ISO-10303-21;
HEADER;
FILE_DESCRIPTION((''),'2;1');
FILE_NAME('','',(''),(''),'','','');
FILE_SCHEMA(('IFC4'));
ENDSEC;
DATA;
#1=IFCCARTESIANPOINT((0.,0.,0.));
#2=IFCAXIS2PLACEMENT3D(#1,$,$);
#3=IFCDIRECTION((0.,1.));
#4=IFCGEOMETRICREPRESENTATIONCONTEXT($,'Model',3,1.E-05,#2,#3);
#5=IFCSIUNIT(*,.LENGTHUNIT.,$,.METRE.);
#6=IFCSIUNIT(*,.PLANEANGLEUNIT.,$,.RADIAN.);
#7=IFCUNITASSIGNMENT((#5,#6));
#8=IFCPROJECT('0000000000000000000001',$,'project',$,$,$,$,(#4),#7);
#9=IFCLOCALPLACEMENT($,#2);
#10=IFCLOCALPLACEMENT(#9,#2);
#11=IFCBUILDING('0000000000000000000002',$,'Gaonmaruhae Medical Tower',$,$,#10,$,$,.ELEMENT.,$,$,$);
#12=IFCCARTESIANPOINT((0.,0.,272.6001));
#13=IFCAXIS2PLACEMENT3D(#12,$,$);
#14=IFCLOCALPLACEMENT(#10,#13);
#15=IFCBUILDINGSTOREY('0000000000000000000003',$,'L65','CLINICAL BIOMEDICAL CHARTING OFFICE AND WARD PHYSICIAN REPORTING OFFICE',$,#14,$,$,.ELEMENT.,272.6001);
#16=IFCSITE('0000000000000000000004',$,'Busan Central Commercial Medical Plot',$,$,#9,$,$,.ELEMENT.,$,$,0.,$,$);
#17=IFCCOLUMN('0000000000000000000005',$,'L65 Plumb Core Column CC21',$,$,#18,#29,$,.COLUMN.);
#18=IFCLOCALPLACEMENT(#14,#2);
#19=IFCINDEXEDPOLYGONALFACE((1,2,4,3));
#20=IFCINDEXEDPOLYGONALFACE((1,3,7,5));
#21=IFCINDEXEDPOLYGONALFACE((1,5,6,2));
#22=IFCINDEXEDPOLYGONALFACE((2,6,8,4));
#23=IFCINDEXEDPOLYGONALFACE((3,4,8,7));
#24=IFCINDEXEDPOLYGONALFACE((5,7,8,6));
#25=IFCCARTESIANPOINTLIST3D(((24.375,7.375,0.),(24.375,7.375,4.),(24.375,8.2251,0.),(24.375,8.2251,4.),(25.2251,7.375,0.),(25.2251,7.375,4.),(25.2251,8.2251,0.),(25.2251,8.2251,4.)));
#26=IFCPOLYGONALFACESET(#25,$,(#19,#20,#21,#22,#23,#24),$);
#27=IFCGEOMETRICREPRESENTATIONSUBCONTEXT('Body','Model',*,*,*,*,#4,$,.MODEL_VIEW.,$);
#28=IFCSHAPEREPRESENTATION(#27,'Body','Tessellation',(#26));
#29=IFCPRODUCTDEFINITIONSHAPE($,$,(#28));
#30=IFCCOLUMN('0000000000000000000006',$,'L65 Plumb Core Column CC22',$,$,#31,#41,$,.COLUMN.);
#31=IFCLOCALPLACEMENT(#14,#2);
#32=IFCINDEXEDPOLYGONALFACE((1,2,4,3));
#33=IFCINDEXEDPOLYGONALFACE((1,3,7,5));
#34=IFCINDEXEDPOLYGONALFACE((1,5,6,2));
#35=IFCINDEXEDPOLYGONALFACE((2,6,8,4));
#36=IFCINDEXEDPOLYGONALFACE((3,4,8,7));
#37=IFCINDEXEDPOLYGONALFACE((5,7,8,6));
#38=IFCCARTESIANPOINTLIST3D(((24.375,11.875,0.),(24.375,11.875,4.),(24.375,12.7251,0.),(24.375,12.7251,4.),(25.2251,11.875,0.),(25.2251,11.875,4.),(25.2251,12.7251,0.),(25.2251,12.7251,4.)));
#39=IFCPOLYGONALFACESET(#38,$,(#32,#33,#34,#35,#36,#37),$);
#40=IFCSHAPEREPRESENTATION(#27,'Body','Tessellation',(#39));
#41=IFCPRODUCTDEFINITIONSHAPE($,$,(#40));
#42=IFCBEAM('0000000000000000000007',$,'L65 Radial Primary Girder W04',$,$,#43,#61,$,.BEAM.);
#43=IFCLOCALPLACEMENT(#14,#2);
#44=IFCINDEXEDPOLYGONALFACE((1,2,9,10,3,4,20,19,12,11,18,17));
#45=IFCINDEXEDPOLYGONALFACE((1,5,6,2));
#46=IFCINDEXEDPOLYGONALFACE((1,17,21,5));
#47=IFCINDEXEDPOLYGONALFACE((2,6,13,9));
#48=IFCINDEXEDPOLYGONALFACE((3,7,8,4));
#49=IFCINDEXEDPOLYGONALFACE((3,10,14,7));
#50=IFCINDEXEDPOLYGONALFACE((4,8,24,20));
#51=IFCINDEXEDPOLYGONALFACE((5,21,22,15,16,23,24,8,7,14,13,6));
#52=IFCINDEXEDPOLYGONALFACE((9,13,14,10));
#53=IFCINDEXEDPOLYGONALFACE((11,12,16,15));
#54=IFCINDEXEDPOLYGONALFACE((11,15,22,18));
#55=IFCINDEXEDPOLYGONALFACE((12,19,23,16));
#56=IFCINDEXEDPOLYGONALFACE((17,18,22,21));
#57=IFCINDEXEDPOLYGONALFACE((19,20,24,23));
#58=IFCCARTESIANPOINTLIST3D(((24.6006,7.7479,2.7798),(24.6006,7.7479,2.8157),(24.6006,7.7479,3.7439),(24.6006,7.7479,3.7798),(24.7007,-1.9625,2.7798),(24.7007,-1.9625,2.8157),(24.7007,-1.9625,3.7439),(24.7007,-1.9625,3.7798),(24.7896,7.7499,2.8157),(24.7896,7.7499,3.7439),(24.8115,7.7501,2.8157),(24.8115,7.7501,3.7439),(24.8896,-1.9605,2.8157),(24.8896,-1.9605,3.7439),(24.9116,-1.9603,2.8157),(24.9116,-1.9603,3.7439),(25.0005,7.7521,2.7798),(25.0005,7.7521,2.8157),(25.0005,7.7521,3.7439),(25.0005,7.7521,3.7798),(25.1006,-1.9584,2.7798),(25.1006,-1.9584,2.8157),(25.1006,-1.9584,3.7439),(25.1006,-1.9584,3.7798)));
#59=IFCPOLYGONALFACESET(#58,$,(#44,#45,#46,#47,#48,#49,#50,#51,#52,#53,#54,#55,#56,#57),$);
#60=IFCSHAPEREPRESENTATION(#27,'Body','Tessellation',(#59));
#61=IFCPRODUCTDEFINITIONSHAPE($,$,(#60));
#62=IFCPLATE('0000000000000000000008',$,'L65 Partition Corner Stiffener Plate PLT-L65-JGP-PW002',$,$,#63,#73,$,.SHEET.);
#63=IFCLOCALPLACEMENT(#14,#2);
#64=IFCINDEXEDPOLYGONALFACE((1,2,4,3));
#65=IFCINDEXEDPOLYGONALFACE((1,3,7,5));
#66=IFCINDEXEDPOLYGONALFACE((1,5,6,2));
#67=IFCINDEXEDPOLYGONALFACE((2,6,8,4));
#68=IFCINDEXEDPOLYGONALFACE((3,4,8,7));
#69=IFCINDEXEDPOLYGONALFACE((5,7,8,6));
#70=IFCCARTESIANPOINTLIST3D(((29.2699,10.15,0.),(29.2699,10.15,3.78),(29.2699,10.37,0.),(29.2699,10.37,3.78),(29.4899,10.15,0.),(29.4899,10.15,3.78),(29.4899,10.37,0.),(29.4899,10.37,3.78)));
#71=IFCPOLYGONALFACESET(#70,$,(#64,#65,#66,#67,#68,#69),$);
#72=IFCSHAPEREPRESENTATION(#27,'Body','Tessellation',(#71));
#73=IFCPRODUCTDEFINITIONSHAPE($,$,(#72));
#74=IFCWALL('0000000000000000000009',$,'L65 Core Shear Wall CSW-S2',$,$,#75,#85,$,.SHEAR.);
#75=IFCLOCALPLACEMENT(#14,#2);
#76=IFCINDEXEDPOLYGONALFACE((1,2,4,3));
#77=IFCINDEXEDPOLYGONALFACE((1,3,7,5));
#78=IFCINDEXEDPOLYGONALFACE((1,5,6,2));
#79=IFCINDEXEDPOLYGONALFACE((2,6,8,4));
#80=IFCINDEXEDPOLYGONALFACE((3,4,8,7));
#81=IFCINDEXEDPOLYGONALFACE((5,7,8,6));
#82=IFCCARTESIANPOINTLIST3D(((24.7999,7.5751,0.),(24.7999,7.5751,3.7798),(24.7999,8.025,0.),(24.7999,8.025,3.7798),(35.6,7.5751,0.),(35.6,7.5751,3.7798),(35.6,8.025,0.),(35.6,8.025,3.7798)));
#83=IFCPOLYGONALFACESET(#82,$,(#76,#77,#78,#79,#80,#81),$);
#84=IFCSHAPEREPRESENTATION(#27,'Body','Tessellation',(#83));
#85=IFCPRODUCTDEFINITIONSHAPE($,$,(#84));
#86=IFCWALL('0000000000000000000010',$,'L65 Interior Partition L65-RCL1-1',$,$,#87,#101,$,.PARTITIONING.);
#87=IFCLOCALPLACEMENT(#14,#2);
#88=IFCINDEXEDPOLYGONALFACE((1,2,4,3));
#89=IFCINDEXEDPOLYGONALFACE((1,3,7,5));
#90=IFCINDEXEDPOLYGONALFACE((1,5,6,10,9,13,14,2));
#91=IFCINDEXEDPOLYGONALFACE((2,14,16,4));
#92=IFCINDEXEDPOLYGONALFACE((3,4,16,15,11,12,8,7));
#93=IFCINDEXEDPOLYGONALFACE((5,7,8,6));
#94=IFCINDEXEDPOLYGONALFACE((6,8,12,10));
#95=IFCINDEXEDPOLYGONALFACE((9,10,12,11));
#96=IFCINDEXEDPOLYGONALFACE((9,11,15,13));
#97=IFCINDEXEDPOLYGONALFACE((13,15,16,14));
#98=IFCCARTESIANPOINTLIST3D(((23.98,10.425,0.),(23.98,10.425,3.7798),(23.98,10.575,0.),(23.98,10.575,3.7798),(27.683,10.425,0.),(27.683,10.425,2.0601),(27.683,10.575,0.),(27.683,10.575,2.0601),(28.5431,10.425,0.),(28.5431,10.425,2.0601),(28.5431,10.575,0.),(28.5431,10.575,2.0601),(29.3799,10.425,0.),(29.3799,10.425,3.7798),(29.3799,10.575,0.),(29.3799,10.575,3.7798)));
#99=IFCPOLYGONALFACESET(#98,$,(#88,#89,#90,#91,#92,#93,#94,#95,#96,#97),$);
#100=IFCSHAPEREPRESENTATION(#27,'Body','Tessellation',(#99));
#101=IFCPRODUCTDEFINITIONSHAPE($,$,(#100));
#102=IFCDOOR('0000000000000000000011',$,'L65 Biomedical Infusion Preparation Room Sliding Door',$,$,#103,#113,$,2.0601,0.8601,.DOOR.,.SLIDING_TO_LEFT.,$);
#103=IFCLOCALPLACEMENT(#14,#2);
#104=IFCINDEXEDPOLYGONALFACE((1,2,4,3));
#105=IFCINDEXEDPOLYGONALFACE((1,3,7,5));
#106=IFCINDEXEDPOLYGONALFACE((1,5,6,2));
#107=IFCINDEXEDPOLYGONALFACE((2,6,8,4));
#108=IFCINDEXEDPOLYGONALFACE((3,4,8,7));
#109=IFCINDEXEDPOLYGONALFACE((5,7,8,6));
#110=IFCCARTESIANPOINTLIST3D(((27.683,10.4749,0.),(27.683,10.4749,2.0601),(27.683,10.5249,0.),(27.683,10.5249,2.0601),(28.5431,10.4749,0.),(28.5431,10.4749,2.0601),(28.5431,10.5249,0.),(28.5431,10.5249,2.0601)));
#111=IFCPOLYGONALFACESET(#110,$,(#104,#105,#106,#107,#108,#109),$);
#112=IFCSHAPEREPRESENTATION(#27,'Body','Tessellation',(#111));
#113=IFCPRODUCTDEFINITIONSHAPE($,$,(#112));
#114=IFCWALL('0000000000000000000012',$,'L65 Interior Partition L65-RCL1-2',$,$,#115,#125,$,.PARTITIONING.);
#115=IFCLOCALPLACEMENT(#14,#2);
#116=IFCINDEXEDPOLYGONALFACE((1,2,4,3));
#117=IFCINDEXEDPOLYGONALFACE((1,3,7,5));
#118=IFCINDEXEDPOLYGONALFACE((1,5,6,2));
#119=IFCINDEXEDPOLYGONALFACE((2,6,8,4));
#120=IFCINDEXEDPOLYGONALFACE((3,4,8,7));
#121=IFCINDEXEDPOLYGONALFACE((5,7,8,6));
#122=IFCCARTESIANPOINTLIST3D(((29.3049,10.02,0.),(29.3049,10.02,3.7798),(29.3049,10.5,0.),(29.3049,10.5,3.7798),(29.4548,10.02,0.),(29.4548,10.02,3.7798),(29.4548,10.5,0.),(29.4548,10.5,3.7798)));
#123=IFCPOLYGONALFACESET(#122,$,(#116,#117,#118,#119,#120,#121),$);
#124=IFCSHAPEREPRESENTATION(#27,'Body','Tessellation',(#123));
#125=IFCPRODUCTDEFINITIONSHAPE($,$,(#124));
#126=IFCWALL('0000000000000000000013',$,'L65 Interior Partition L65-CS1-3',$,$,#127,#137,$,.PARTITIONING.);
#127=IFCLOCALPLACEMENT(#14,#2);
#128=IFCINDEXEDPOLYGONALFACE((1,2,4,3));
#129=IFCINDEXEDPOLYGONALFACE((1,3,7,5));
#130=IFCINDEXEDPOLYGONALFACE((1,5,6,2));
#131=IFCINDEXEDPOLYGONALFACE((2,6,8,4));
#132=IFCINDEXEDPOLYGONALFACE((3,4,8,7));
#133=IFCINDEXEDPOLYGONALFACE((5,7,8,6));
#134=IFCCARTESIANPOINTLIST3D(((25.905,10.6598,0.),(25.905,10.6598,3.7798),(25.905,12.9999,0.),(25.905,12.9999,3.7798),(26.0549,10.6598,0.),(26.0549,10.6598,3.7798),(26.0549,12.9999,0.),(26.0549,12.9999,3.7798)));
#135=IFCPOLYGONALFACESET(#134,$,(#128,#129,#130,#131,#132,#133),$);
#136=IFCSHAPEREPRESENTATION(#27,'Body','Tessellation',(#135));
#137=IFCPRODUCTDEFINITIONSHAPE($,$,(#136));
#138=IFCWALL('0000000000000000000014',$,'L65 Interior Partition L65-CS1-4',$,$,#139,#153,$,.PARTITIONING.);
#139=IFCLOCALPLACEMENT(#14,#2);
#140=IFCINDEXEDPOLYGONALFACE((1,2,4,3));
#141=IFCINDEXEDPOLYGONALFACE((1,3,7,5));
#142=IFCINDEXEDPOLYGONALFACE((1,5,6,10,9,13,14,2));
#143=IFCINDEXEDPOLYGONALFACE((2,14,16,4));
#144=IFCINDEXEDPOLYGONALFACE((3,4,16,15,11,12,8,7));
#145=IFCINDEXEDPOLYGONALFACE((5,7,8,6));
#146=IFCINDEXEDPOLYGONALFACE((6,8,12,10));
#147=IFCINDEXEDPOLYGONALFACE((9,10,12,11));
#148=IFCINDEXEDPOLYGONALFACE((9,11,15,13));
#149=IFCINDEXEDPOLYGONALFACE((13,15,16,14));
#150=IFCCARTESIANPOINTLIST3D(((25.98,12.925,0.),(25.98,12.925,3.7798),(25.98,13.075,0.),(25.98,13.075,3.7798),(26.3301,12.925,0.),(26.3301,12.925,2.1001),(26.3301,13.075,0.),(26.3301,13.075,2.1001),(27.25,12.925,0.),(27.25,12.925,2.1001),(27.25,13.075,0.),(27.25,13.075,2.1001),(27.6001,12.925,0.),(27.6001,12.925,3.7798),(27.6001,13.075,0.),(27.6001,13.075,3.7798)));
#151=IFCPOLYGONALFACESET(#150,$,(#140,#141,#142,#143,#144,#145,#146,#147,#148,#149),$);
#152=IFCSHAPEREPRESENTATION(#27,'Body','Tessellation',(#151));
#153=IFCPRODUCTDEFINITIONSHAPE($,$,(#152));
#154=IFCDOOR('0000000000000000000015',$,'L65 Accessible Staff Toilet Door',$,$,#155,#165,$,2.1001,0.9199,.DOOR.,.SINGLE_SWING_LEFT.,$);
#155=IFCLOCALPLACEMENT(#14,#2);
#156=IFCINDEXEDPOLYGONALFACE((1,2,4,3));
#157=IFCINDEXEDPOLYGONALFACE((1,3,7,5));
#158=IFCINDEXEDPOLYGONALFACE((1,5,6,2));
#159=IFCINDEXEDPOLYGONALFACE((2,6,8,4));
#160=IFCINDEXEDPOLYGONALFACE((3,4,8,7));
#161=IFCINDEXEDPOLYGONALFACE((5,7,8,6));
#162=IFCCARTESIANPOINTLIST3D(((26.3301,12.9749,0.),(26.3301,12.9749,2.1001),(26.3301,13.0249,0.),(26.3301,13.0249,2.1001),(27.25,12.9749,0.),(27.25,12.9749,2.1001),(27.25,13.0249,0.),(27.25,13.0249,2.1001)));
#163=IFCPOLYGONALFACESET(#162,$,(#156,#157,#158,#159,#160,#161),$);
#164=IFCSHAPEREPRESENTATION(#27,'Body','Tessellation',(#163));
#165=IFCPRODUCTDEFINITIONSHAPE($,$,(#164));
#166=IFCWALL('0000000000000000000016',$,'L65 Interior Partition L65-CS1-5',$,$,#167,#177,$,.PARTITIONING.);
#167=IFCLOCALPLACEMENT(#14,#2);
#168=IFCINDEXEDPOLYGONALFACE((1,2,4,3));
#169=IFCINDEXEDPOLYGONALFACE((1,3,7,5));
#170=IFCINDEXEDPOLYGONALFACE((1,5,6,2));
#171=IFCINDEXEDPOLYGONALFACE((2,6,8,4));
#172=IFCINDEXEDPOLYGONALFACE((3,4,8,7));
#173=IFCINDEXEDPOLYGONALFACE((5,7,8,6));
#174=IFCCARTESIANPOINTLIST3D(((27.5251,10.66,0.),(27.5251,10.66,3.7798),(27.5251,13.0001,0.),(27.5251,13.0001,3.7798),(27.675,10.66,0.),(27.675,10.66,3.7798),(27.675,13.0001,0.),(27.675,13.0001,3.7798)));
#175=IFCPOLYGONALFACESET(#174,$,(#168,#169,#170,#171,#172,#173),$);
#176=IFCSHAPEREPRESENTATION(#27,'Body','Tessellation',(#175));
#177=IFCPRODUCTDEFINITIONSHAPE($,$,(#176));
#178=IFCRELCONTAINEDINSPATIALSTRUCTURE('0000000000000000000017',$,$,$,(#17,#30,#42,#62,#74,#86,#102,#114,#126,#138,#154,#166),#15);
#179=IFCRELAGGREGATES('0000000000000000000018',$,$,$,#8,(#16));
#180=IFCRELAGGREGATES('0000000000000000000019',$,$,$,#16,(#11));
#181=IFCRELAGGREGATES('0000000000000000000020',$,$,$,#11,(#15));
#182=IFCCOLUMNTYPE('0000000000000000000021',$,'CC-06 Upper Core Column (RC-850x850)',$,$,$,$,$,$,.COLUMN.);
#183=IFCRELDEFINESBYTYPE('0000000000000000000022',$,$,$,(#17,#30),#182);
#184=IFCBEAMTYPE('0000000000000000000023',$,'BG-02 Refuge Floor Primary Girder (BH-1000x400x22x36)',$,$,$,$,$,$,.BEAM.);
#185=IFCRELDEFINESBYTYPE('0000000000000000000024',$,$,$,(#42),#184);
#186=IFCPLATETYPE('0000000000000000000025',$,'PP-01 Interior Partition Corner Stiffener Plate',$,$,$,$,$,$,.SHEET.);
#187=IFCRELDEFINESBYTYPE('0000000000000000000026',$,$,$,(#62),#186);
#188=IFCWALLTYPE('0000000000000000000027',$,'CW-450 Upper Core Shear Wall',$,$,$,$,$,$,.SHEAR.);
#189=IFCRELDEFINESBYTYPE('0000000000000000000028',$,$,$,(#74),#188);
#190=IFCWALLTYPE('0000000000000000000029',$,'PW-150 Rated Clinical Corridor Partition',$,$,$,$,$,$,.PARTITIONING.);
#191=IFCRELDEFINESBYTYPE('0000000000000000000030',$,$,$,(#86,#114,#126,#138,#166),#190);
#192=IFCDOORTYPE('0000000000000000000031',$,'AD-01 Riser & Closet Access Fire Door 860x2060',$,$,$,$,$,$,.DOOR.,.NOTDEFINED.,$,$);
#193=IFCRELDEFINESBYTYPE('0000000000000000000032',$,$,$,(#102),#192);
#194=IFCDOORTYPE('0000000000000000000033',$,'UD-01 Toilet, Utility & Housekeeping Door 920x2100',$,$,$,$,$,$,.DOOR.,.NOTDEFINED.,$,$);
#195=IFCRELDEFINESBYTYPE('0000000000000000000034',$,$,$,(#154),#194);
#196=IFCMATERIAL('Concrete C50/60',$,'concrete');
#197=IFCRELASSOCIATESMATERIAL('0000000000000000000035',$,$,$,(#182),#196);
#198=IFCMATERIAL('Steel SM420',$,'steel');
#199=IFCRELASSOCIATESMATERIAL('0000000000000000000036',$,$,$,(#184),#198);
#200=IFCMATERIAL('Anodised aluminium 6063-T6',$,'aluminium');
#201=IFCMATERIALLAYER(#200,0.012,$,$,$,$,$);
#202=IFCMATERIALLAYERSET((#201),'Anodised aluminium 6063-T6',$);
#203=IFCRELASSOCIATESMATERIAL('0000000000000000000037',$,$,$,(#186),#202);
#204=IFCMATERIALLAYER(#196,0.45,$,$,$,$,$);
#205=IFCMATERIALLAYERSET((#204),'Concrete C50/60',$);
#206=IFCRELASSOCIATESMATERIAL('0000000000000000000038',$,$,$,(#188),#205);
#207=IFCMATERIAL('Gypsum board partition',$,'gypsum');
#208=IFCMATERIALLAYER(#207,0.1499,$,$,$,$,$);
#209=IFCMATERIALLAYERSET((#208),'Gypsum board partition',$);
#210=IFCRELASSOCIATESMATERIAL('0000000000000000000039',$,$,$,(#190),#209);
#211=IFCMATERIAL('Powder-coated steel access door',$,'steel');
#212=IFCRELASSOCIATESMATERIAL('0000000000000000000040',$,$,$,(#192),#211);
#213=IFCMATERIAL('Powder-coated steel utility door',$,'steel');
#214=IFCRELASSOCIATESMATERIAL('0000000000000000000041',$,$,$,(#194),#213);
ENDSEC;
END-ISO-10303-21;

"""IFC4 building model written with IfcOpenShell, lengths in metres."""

from ifc_helpers import new_model, si_unit, direction, frame, frame_2d, origin, origin_2d, place, context, subcontext, project, spatial, rectangle, i_section, extrude, material, layer, layer_set, material_profile, profile_set, type_object, element, fill, save


model = new_model("IFC4")

# Units and contexts
model_context = context("Model", 3, precision=1e-05, world=origin(), true_north=direction((0.0, 1.0)))
body_context = subcontext(model_context, "Body", "Model", "MODEL_VIEW")
ifc_project = project(units=[si_unit("LENGTHUNIT", "METRE"), si_unit("PLANEANGLEUNIT", "RADIAN")], contexts=[model_context])

# Site, building, storey
site_placement = place(None, origin())
site = spatial("IfcSite", under=ifc_project, at=site_placement, Name="Busan Central Commercial Medical Plot", CompositionType="ELEMENT", RefElevation=0.0)
building_placement = place(site_placement, origin())
building = spatial("IfcBuilding", under=site, at=building_placement, Name="Gaonmaruhae Medical Tower", CompositionType="ELEMENT")
storey_placement = place(building_placement, frame((0.0, 0.0, 272.6001)))
storey = spatial("IfcBuildingStorey", under=building, at=storey_placement, Name="L65", Description="CLINICAL BIOMEDICAL CHARTING OFFICE AND WARD PHYSICIAN REPORTING OFFICE", CompositionType="ELEMENT", Elevation=272.6001)

# Columns
ifc_material_1 = material(Name="Concrete C50/60", Category="concrete")
ifc_material_profile_1 = material_profile(ifc_material_1, rectangle(XDim=0.8501, YDim=0.8501, at=origin_2d()), Name="RC-850x850")
ifc_profile_set_1 = profile_set([ifc_material_profile_1], Name="Concrete C50/60")
column_type = type_object("IfcColumnType", Name="CC-06 Upper Core Column (RC-850x850)", PredefinedType="COLUMN", material=ifc_profile_set_1)
for number, where, z_axis, x_axis, name in (
    (1, (24.8, 7.8, 0.0), (0.0, 0.0, 1.0), (1.0, 0.0, 0.0), "L65 Plumb Core Column CC21"),
    (2, (24.8, 12.3, 0.0), (0.0, 0.0, 1.0), (1.0, 0.0, 0.0), "L65 Plumb Core Column CC22"),
):
    element("IfcColumn", number, at=place(storey_placement, frame(where, z_axis=z_axis, x_axis=x_axis)), inside=storey, type_object=column_type, Name=name, PredefinedType="COLUMN", context=body_context, shape_type="SweptSolid", body=[
        extrude(rectangle(XDim=0.8501, YDim=0.8501, at=origin_2d()), origin(), (0.0, 0.0, 1.0), 4.0),
    ])

# Beam
ifc_material_2 = material(Name="Steel SM420", Category="steel")
ifc_material_profile_2 = material_profile(ifc_material_2, i_section(OverallWidth=0.3999, OverallDepth=1.0, WebThickness=0.022, FlangeThickness=0.0359, at=origin_2d()), Name="BH-1000x400x22x36")
ifc_profile_set_2 = profile_set([ifc_material_profile_2], Name="Steel SM420")
beam_type = type_object("IfcBeamType", Name="BG-02 Refuge Floor Primary Girder (BH-1000x400x22x36)", PredefinedType="BEAM", material=ifc_profile_set_2)
beam_placement = place(storey_placement, frame((24.8005, 7.75, 3.2798), z_axis=(0.010308, -0.999947, 0.0), x_axis=(0.999947, 0.010308, 0.0)))
element("IfcBeam", 3, at=beam_placement, inside=storey, type_object=beam_type, Name="L65 Radial Primary Girder W04", PredefinedType="BEAM", context=body_context, shape_type="SweptSolid", body=[
    extrude(i_section(OverallWidth=0.3999, OverallDepth=1.0, WebThickness=0.022, FlangeThickness=0.0359, at=origin_2d()), origin(), (0.0, 0.0, 1.0), 9.7109),
])

# Plate
ifc_material_3 = material(Name="Anodised aluminium 6063-T6", Category="aluminium")
ifc_layer_1 = layer(ifc_material_3, 0.012)
ifc_layer_set_1 = layer_set([ifc_layer_1], Name="Anodised aluminium 6063-T6")
plate_type = type_object("IfcPlateType", Name="PP-01 Interior Partition Corner Stiffener Plate", PredefinedType="SHEET", material=ifc_layer_set_1)
plate_placement = place(storey_placement, frame((29.3799, 10.26, 0.0), z_axis=(0.0, 0.0, 1.0), x_axis=(0.0, -1.0, 0.0)))
element("IfcPlate", 4, at=plate_placement, inside=storey, type_object=plate_type, Name="L65 Partition Corner Stiffener Plate PLT-L65-JGP-PW002", PredefinedType="SHEET", context=body_context, shape_type="SweptSolid", body=[
    extrude(rectangle(XDim=0.22, YDim=0.22, at=origin_2d()), origin(), (0.0, 0.0, 1.0), 3.78),
])

# Wall
ifc_layer_2 = layer(ifc_material_1, 0.45)
ifc_layer_set_2 = layer_set([ifc_layer_2], Name="Concrete C50/60")
wall_type_1 = type_object("IfcWallType", Name="CW-450 Upper Core Shear Wall", PredefinedType="SHEAR", material=ifc_layer_set_2)
wall_1_placement = place(storey_placement, frame((24.8, 7.8, 0.0), z_axis=(0.0, 0.0, 1.0), x_axis=(1.0, 0.0, 0.0)))
element("IfcWall", 5, at=wall_1_placement, inside=storey, type_object=wall_type_1, Name="L65 Core Shear Wall CSW-S2", PredefinedType="SHEAR", context=body_context, shape_type="SweptSolid", body=[
    extrude(rectangle(XDim=10.8, YDim=0.45, at=frame_2d((5.3999, 0.0))), origin(), (0.0, 0.0, 1.0), 3.7798),
])

# Wall, opening, door
ifc_material_4 = material(Name="Gypsum board partition", Category="gypsum")
ifc_layer_3 = layer(ifc_material_4, 0.1499)
ifc_layer_set_3 = layer_set([ifc_layer_3], Name="Gypsum board partition")
wall_type_2 = type_object("IfcWallType", Name="PW-150 Rated Clinical Corridor Partition", PredefinedType="PARTITIONING", material=ifc_layer_set_3)
wall_2_placement = place(storey_placement, frame((23.98, 10.5, 0.0), z_axis=(0.0, 0.0, 1.0), x_axis=(1.0, 0.0, 0.0)))
wall_2 = element("IfcWall", 6, at=wall_2_placement, inside=storey, type_object=wall_type_2, Name="L65 Interior Partition L65-RCL1-1", PredefinedType="PARTITIONING", context=body_context, shape_type="SweptSolid", body=[
    extrude(rectangle(XDim=5.3999, YDim=0.1499, at=frame_2d((2.7, 0.0))), origin(), (0.0, 0.0, 1.0), 3.7798),
])
opening_1_placement = place(wall_2_placement, frame((3.7029, 0.0, 0.0)))
opening_1 = element("IfcOpeningElement", 7, at=opening_1_placement, cuts=wall_2, PredefinedType="OPENING", context=body_context, shape_type="SweptSolid", body=[
    extrude(rectangle(XDim=0.8601, YDim=2.0601, at=frame_2d((0.4302, 1.03))), frame((0.0, 0.085, 0.0), z_axis=(0.0, -1.0, 0.0), x_axis=(1.0, 0.0, 0.0)), (0.0, 0.0, 1.0), 0.1699),
])
ifc_material_5 = material(Name="Powder-coated steel access door", Category="steel")
door_type_1 = type_object("IfcDoorType", Name="AD-01 Riser & Closet Access Fire Door 860x2060", OperationType="NOTDEFINED", PredefinedType="DOOR", material=ifc_material_5)
door_1_placement = place(opening_1_placement, origin())
door_1 = element("IfcDoor", 8, at=door_1_placement, inside=storey, type_object=door_type_1, Name="L65 Biomedical Infusion Preparation Room Sliding Door", OperationType="SLIDING_TO_LEFT", OverallHeight=2.0601, OverallWidth=0.8601, PredefinedType="DOOR", context=body_context, shape_type="SweptSolid", body=[
    extrude(rectangle(XDim=0.8601, YDim=2.0601, at=frame_2d((0.4302, 1.03))), frame((0.0, 0.0249, 0.0), z_axis=(0.0, -1.0, 0.0), x_axis=(1.0, 0.0, 0.0)), (0.0, 0.0, 1.0), 0.05),
])
fill(opening_1, door_1)

# Walls
wall_3_placement = place(storey_placement, frame((29.3799, 10.5, 0.0), z_axis=(0.0, 0.0, 1.0), x_axis=(0.0, -1.0, 0.0)))
element("IfcWall", 9, at=wall_3_placement, inside=storey, type_object=wall_type_2, Name="L65 Interior Partition L65-RCL1-2", PredefinedType="PARTITIONING", context=body_context, shape_type="SweptSolid", body=[
    extrude(rectangle(XDim=0.48, YDim=0.1499, at=frame_2d((0.24, 0.0))), origin(), (0.0, 0.0, 1.0), 3.7798),
])
wall_4_placement = place(storey_placement, frame((25.98, 10.6599, 0.0), z_axis=(0.0, 0.0, 1.0), x_axis=(0.0, 1.0, 0.0)))
element("IfcWall", 10, at=wall_4_placement, inside=storey, type_object=wall_type_2, Name="L65 Interior Partition L65-CS1-3", PredefinedType="PARTITIONING", context=body_context, shape_type="SweptSolid", body=[
    extrude(rectangle(XDim=2.3401, YDim=0.1499, at=frame_2d((1.1699, 0.0))), origin(), (0.0, 0.0, 1.0), 3.7798),
])

# Wall, opening, door
wall_5_placement = place(storey_placement, frame((25.98, 13.0, 0.0), z_axis=(0.0, 0.0, 1.0), x_axis=(1.0, 0.0, 0.0)))
wall_5 = element("IfcWall", 11, at=wall_5_placement, inside=storey, type_object=wall_type_2, Name="L65 Interior Partition L65-CS1-4", PredefinedType="PARTITIONING", context=body_context, shape_type="SweptSolid", body=[
    extrude(rectangle(XDim=1.6201, YDim=0.1499, at=frame_2d((0.8101, 0.0))), origin(), (0.0, 0.0, 1.0), 3.7798),
])
opening_2_placement = place(wall_5_placement, frame((0.3501, 0.0, 0.0)))
opening_2 = element("IfcOpeningElement", 12, at=opening_2_placement, cuts=wall_5, PredefinedType="OPENING", context=body_context, shape_type="SweptSolid", body=[
    extrude(rectangle(XDim=0.9199, YDim=2.1001, at=frame_2d((0.46, 1.05))), frame((0.0, 0.085, 0.0), z_axis=(0.0, -1.0, 0.0), x_axis=(1.0, 0.0, 0.0)), (0.0, 0.0, 1.0), 0.1699),
])
ifc_material_6 = material(Name="Powder-coated steel utility door", Category="steel")
door_type_2 = type_object("IfcDoorType", Name="UD-01 Toilet, Utility & Housekeeping Door 920x2100", OperationType="NOTDEFINED", PredefinedType="DOOR", material=ifc_material_6)
door_2_placement = place(opening_2_placement, origin())
door_2 = element("IfcDoor", 13, at=door_2_placement, inside=storey, type_object=door_type_2, Name="L65 Accessible Staff Toilet Door", OperationType="SINGLE_SWING_LEFT", OverallHeight=2.1001, OverallWidth=0.9199, PredefinedType="DOOR", context=body_context, shape_type="SweptSolid", body=[
    extrude(rectangle(XDim=0.9199, YDim=2.1001, at=frame_2d((0.46, 1.05))), frame((0.0, 0.0249, 0.0), z_axis=(0.0, -1.0, 0.0), x_axis=(1.0, 0.0, 0.0)), (0.0, 0.0, 1.0), 0.05),
])
fill(opening_2, door_2)

# Wall
wall_6_placement = place(storey_placement, frame((27.6001, 13.0, 0.0), z_axis=(0.0, 0.0, 1.0), x_axis=(0.0, -1.0, 0.0)))
element("IfcWall", 14, at=wall_6_placement, inside=storey, type_object=wall_type_2, Name="L65 Interior Partition L65-CS1-5", PredefinedType="PARTITIONING", context=body_context, shape_type="SweptSolid", body=[
    extrude(rectangle(XDim=2.3401, YDim=0.1499, at=frame_2d((1.1699, 0.0))), origin(), (0.0, 0.0, 1.0), 3.7798),
])

save(model, "model.ifc")
